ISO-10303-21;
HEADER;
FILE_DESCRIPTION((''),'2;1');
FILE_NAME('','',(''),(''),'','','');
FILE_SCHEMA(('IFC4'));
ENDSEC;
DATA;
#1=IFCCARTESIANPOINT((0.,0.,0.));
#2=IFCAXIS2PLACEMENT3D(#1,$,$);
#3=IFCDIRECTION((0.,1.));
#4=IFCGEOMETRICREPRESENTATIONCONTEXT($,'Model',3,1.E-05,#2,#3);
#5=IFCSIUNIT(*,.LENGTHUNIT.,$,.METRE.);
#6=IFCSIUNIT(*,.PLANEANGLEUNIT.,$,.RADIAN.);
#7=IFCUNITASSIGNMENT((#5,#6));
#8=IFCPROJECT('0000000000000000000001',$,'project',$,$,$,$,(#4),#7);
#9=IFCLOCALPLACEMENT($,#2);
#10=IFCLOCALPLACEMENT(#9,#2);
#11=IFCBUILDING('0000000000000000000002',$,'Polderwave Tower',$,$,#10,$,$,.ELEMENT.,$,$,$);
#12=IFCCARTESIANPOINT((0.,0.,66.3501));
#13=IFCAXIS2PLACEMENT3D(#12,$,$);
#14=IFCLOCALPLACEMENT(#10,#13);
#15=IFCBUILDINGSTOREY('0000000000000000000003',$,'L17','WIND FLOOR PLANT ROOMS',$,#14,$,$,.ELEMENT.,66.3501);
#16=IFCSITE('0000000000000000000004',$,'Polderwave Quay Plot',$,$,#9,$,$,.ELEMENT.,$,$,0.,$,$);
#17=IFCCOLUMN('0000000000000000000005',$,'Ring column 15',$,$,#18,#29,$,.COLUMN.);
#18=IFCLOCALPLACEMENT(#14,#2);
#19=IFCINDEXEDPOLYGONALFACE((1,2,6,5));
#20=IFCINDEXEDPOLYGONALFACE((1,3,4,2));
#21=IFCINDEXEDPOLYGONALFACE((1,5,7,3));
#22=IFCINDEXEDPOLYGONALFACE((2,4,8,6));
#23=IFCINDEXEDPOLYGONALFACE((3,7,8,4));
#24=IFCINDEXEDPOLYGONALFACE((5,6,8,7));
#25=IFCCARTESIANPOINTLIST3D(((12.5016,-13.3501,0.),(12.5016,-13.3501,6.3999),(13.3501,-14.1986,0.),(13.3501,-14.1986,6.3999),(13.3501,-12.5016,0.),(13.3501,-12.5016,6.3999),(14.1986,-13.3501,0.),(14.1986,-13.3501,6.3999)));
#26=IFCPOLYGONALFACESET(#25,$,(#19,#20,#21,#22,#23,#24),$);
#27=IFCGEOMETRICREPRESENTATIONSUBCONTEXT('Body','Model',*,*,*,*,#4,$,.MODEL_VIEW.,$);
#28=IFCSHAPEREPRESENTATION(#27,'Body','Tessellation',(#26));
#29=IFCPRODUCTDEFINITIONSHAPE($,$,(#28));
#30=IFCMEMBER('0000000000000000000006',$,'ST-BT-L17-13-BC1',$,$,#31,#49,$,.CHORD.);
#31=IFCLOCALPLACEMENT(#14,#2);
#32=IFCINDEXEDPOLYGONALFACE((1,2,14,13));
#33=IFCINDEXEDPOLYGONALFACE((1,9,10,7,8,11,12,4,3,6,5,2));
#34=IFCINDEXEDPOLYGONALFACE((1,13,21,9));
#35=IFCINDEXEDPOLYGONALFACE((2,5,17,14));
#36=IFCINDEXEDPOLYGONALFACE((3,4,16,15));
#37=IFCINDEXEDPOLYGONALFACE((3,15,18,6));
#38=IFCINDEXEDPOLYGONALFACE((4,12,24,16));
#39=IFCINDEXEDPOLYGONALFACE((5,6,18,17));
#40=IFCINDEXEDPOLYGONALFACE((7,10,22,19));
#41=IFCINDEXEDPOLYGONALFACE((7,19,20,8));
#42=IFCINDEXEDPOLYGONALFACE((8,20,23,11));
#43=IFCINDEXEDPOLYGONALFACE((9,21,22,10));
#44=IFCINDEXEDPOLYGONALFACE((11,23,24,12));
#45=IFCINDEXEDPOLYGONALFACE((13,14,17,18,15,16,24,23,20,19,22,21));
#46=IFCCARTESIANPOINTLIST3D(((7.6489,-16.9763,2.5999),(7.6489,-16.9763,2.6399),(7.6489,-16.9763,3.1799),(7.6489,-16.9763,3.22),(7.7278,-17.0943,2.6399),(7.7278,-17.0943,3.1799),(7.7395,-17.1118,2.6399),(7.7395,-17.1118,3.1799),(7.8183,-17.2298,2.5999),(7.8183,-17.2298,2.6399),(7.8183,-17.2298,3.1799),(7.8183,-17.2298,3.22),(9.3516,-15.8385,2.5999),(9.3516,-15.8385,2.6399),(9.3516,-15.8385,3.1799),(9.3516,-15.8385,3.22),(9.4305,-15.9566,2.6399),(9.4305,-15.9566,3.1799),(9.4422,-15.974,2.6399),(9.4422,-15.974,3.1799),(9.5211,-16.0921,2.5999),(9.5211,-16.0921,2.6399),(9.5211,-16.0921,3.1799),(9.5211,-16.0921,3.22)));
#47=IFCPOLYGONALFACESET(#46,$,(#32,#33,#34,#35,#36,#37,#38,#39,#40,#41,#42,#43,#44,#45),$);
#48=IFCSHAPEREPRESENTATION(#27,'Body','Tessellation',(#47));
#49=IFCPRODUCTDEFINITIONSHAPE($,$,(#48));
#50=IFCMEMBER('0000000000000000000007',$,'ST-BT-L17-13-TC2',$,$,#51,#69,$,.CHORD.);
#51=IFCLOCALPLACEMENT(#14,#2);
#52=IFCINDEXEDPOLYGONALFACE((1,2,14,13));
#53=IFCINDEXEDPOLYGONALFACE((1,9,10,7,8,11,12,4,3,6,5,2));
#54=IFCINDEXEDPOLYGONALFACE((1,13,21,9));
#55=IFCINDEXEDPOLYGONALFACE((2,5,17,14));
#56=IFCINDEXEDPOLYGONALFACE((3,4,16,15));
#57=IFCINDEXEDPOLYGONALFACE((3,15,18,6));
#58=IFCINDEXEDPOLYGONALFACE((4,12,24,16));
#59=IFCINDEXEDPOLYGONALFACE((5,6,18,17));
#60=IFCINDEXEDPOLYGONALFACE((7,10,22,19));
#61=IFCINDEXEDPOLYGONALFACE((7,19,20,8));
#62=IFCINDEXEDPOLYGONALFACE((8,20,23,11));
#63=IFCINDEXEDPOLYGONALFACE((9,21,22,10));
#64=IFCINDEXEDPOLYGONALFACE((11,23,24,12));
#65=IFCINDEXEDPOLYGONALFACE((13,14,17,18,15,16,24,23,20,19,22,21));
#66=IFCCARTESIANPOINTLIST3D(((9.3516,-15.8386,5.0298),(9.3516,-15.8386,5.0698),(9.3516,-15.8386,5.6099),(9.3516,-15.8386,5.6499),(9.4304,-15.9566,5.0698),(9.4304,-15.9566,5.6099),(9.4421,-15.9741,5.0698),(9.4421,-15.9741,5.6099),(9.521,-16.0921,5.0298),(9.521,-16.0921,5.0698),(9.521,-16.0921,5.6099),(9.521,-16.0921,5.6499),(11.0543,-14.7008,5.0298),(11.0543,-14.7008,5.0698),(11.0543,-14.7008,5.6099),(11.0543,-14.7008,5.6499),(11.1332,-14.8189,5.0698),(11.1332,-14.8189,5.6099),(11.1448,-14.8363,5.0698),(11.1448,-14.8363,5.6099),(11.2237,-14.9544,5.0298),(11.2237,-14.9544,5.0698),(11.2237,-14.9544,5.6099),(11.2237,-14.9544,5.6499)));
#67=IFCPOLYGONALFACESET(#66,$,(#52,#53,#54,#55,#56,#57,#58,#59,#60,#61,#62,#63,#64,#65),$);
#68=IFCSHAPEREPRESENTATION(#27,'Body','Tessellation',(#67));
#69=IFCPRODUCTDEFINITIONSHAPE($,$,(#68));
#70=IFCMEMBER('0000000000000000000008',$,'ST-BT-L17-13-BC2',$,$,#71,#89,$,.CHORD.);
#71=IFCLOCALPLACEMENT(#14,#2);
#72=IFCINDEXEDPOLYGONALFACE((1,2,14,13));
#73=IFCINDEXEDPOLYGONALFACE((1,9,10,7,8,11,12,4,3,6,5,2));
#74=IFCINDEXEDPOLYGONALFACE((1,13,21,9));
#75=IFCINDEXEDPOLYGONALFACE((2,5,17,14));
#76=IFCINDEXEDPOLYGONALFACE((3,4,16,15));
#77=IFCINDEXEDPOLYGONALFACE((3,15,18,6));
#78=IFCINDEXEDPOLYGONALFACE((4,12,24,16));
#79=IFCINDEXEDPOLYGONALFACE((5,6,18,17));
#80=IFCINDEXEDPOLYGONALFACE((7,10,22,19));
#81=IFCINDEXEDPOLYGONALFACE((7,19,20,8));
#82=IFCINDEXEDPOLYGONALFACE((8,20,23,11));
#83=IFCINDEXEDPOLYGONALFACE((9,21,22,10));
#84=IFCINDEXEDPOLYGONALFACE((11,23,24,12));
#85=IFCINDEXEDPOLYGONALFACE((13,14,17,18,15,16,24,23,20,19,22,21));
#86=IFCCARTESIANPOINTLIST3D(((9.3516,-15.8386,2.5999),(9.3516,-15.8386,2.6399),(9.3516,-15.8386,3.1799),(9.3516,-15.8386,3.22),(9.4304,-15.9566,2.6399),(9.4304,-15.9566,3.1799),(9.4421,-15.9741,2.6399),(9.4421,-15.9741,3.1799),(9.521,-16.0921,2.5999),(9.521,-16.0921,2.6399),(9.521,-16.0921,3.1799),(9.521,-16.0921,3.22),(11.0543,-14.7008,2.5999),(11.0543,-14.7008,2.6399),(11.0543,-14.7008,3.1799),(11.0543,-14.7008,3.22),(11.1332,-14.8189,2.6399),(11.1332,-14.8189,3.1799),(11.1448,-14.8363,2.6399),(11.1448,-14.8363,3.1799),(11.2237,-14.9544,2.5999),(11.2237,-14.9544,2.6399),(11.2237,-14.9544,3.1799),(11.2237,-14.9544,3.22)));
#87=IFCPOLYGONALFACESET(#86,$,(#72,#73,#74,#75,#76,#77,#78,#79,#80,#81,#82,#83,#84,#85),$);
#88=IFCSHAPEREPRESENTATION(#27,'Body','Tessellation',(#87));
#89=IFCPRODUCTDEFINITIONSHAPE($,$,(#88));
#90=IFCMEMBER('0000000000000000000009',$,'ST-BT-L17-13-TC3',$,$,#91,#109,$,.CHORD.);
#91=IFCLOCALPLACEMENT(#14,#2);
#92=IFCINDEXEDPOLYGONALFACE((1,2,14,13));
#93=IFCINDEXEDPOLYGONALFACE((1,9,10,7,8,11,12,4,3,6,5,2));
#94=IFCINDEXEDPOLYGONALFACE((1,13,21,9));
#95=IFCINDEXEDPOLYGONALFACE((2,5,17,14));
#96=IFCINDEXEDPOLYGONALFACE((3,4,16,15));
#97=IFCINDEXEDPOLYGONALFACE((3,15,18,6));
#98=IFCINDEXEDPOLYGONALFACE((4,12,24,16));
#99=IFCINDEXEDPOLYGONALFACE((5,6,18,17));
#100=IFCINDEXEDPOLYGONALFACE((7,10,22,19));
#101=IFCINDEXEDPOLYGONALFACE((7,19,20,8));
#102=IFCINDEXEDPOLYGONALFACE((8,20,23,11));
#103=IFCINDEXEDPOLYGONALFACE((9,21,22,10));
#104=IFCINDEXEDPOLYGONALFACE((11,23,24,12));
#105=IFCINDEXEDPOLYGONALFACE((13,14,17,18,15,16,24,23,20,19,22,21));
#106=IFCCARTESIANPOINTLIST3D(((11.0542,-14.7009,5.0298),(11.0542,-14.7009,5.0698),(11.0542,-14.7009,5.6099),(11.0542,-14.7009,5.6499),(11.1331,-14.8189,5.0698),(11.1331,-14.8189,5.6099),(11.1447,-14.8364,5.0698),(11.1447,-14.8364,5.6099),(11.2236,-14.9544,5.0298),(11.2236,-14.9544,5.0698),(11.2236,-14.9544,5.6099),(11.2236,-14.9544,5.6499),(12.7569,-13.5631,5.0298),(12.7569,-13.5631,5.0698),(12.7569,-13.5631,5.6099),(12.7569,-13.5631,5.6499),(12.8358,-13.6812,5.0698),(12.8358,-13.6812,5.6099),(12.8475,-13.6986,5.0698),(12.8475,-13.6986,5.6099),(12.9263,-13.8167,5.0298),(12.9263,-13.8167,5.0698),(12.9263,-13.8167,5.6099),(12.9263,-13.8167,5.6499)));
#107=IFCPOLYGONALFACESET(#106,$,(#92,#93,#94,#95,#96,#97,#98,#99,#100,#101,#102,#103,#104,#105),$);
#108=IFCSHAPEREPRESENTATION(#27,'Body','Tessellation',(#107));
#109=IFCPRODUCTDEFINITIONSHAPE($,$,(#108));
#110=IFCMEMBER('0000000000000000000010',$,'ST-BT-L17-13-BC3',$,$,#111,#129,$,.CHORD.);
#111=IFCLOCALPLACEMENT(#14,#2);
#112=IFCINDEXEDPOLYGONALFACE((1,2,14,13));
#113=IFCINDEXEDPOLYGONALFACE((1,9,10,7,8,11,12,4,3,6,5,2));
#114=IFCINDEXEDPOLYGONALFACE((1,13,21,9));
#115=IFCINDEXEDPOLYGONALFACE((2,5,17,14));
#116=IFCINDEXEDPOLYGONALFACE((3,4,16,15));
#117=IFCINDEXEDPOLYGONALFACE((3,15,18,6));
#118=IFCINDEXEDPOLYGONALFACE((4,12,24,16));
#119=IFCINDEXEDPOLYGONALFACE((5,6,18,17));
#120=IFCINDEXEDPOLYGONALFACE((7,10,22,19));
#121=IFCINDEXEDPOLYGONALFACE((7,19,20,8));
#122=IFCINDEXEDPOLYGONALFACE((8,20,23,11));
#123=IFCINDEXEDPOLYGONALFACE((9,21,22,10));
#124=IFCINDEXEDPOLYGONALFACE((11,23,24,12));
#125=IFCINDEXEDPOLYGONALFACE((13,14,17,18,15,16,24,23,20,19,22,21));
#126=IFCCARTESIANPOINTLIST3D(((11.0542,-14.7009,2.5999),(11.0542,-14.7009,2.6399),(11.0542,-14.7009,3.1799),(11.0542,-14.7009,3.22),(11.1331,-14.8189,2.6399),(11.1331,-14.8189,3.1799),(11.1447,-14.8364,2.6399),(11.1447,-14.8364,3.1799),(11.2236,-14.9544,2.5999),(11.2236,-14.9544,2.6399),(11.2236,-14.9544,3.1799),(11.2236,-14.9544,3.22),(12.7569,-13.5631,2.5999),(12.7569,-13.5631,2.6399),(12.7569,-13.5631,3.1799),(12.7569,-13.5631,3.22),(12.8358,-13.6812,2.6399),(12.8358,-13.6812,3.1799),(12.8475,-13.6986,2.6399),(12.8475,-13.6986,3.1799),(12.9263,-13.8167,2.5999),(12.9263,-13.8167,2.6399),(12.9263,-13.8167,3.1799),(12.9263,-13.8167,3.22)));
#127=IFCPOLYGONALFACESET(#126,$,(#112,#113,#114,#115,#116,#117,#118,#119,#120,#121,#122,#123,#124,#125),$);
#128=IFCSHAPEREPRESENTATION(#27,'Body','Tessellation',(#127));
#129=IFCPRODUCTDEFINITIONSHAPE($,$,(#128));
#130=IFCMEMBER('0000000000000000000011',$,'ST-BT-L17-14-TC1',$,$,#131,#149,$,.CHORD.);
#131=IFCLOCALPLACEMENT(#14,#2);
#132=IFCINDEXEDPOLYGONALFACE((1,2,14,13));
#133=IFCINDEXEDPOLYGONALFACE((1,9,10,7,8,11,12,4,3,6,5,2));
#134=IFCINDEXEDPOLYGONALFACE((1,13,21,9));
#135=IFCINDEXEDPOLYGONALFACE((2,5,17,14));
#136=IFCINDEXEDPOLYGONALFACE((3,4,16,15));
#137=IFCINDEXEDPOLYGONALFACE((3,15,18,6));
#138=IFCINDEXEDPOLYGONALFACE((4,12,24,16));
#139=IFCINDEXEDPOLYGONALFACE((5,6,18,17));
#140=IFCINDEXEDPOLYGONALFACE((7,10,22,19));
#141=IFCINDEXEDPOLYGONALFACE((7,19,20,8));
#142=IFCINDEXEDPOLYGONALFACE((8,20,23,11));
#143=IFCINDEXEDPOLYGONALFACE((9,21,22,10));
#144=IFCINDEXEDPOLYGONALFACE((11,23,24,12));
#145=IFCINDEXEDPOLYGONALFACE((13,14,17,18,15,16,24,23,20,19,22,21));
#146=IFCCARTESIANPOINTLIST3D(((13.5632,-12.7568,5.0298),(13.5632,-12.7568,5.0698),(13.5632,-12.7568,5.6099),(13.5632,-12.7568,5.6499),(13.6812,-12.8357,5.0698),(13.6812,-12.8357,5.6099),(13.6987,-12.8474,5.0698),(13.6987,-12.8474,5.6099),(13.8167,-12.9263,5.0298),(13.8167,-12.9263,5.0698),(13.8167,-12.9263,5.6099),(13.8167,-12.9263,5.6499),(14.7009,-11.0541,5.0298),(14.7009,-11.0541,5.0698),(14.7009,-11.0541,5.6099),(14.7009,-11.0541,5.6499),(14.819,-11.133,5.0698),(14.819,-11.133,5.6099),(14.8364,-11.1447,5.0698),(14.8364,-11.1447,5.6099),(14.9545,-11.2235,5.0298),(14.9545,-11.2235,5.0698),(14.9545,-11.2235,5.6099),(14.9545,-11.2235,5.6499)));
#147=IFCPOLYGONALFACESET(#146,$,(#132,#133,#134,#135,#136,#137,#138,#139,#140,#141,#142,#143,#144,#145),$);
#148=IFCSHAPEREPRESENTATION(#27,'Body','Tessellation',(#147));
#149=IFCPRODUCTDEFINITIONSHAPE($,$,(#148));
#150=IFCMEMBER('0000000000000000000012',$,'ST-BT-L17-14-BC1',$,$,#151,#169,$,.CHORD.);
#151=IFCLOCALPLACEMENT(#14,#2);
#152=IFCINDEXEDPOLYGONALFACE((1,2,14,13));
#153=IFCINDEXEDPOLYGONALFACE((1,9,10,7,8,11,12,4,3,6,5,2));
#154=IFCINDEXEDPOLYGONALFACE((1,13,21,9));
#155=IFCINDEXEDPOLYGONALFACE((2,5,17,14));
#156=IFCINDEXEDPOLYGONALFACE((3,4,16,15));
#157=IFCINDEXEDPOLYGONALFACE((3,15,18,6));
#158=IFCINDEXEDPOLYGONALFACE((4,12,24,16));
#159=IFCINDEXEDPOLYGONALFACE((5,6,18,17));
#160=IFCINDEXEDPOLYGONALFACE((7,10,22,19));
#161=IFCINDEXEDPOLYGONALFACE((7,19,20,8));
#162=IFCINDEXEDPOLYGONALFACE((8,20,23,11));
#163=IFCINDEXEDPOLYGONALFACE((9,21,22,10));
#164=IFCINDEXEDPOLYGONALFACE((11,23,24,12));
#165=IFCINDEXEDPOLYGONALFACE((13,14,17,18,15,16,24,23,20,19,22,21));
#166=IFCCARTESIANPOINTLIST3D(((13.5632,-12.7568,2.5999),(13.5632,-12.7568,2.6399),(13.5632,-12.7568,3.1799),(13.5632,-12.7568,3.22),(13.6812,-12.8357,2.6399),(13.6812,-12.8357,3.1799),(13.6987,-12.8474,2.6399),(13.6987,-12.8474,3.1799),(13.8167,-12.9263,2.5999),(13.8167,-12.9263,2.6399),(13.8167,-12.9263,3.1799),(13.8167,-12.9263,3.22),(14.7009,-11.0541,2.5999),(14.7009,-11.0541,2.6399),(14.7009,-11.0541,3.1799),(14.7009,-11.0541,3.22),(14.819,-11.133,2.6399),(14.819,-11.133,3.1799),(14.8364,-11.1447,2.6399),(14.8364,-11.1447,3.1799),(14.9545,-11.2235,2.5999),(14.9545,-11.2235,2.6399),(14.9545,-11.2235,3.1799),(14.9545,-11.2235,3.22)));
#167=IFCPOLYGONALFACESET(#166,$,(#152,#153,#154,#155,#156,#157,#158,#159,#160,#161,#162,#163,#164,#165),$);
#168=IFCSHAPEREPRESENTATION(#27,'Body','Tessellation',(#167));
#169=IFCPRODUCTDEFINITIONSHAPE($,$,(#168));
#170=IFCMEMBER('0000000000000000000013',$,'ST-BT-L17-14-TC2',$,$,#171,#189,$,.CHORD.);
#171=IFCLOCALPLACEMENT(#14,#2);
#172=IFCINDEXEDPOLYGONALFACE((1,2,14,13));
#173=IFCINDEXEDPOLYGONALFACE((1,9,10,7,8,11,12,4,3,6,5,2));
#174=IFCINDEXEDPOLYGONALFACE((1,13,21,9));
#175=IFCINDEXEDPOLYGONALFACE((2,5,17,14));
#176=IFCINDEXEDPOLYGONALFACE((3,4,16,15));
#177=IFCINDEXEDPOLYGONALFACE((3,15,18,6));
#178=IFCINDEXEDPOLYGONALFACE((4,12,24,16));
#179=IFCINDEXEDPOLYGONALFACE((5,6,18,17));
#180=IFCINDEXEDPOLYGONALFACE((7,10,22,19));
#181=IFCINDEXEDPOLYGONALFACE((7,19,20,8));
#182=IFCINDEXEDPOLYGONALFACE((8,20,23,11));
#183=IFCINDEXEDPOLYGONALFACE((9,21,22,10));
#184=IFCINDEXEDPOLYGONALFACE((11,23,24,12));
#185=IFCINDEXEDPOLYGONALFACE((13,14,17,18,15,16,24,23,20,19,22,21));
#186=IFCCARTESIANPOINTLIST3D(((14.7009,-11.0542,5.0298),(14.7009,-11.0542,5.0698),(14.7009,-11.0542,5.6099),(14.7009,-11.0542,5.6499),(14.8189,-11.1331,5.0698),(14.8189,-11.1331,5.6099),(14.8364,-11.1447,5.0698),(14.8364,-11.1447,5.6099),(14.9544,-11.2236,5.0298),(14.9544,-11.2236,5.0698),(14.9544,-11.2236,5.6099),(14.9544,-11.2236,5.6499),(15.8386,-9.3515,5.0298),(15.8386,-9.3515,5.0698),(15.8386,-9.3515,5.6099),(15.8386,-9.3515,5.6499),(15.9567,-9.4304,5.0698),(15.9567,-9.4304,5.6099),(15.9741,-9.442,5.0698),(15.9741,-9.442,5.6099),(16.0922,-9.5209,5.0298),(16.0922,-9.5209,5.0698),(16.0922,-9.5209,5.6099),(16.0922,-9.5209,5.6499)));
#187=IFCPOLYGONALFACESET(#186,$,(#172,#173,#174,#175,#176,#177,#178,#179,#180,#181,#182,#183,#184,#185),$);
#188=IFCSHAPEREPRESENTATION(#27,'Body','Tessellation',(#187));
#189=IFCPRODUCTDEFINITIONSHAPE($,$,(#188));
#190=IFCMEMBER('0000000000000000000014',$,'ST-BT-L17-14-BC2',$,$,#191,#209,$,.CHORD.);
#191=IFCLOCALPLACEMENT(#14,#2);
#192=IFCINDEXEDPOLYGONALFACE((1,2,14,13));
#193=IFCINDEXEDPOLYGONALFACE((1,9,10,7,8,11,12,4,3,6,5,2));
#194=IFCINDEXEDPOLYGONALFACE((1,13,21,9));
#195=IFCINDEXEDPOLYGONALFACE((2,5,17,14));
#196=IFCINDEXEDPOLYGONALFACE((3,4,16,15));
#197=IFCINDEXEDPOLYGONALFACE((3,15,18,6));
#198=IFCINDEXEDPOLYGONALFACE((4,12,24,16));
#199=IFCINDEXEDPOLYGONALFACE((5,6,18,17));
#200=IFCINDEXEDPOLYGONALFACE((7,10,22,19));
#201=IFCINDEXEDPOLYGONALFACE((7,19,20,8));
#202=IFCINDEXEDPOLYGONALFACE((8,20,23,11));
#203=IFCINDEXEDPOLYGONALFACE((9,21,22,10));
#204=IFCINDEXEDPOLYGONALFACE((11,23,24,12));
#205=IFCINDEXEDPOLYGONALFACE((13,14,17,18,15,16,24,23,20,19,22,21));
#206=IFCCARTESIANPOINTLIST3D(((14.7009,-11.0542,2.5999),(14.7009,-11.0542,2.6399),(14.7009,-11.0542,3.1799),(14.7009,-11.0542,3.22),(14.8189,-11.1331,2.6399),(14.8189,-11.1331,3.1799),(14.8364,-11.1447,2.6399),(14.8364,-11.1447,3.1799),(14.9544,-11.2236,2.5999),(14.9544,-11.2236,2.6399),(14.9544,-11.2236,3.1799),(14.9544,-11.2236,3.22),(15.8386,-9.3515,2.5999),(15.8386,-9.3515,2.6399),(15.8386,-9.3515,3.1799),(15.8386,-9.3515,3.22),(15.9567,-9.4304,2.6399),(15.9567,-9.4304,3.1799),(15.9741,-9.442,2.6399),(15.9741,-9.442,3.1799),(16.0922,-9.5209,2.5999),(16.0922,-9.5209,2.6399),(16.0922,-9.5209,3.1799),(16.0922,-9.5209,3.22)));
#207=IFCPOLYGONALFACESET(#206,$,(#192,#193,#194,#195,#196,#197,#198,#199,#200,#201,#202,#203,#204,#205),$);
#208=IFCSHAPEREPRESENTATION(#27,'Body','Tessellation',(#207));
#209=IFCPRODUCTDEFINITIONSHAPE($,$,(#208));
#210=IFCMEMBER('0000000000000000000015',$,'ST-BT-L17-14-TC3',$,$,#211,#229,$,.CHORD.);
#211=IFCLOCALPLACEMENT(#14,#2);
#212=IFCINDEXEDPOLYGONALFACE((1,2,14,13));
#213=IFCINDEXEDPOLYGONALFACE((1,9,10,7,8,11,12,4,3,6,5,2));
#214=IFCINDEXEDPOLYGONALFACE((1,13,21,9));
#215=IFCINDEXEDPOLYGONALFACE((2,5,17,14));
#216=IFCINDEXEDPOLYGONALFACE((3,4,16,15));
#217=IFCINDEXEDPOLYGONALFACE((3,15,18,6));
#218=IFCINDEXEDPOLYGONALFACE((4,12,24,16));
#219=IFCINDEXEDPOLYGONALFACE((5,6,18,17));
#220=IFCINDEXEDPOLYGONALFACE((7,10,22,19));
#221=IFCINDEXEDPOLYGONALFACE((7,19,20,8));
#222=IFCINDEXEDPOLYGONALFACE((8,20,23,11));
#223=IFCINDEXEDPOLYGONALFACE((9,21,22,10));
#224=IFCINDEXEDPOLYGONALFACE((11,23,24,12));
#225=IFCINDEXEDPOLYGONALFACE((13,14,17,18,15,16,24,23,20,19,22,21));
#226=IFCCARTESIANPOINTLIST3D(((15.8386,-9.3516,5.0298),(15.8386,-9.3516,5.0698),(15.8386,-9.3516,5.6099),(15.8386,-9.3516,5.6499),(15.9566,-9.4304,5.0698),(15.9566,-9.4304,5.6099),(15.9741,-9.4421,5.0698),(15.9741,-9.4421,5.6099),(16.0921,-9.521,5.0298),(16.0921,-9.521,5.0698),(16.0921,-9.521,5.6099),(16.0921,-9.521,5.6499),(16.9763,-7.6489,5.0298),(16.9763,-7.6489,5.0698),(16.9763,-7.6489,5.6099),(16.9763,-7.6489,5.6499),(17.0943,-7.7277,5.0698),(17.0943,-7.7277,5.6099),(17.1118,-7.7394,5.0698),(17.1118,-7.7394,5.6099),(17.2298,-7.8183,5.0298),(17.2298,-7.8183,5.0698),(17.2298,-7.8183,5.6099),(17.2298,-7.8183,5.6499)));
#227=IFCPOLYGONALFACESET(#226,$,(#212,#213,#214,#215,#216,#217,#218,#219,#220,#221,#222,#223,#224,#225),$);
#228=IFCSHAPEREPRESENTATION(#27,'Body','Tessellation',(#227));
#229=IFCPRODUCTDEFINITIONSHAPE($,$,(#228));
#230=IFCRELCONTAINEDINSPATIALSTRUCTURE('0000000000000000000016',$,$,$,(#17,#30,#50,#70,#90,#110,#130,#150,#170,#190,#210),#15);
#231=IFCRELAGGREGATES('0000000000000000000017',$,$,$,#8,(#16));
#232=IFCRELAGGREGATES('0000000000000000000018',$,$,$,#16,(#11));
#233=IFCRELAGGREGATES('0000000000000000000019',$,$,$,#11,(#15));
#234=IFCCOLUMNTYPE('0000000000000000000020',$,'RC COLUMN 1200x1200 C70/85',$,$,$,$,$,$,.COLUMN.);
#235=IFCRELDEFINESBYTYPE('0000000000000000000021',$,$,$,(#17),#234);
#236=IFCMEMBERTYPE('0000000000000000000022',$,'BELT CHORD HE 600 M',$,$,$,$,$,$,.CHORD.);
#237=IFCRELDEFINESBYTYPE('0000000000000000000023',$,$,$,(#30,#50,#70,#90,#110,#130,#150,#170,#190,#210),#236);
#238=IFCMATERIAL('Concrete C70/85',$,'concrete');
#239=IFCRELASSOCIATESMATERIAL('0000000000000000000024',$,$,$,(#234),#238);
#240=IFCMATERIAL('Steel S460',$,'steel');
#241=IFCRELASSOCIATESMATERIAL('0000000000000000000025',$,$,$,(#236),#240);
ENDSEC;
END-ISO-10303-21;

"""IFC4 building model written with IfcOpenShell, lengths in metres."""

from ifc_helpers import new_model, si_unit, direction, frame, origin, origin_2d, place, context, subcontext, project, spatial, rectangle, i_section, extrude, material, material_profile, profile_set, type_object, element, save


model = new_model("IFC4")

# Units and contexts
model_context = context("Model", 3, precision=1e-05, world=origin(), true_north=direction((0.0, 1.0)))
body_context = subcontext(model_context, "Body", "Model", "MODEL_VIEW")
ifc_project = project(units=[si_unit("LENGTHUNIT", "METRE"), si_unit("PLANEANGLEUNIT", "RADIAN")], contexts=[model_context])

# Site, building, storey
site_placement = place(None, origin())
site = spatial("IfcSite", under=ifc_project, at=site_placement, Name="Polderwave Quay Plot", CompositionType="ELEMENT", RefElevation=0.0)
building_placement = place(site_placement, origin())
building = spatial("IfcBuilding", under=site, at=building_placement, Name="Polderwave Tower", CompositionType="ELEMENT")
storey_placement = place(building_placement, frame((0.0, 0.0, 66.3501)))
storey = spatial("IfcBuildingStorey", under=building, at=storey_placement, Name="L17", Description="WIND FLOOR PLANT ROOMS", CompositionType="ELEMENT", Elevation=66.3501)

# Column
ifc_material_1 = material(Name="Concrete C70/85", Category="concrete")
ifc_material_profile_1 = material_profile(ifc_material_1, rectangle(XDim=1.2, YDim=1.2, at=origin_2d()), Name="RC 1200x1200")
ifc_profile_set_1 = profile_set([ifc_material_profile_1], Name="Concrete C70/85")
column_type = type_object("IfcColumnType", Name="RC COLUMN 1200x1200 C70/85", PredefinedType="COLUMN", material=ifc_profile_set_1)
column_placement = place(storey_placement, frame((13.3501, -13.3501, 0.0), z_axis=(0.0, 0.0, 1.0), x_axis=(0.707107, -0.707107, 0.0)))
element("IfcColumn", 1, at=column_placement, inside=storey, type_object=column_type, Name="Ring column 15", PredefinedType="COLUMN", context=body_context, shape_type="SweptSolid", body=[
    extrude(rectangle(XDim=1.2, YDim=1.2, at=origin_2d()), origin(), (0.0, 0.0, 1.0), 6.3999),
])

# Members
ifc_material_2 = material(Name="Steel S460", Category="steel")
ifc_material_profile_2 = material_profile(ifc_material_2, i_section(OverallWidth=0.3049, OverallDepth=0.6201, WebThickness=0.021, FlangeThickness=0.04, at=origin_2d()), Name="HE 600 M")
ifc_profile_set_2 = profile_set([ifc_material_profile_2], Name="Steel S460")
member_type_1 = type_object("IfcMemberType", Name="BELT CHORD HE 600 M", PredefinedType="CHORD", material=ifc_profile_set_2)
for number, where, z_axis, x_axis, name in (
    (2, (7.7336, -17.103, 2.9099), (0.831463, 0.55558, 0.0), (-0.55558, 0.831463, 0.0), "ST-BT-L17-13-BC1"),
    (3, (9.4363, -15.9653, 5.3398), (0.831463, 0.55558, 0.0), (-0.55558, 0.831463, 0.0), "ST-BT-L17-13-TC2"),
    (4, (9.4363, -15.9653, 2.9099), (0.831463, 0.55558, 0.0), (-0.55558, 0.831463, 0.0), "ST-BT-L17-13-BC2"),
    (5, (11.1389, -14.8276, 5.3398), (0.831463, 0.55558, 0.0), (-0.55558, 0.831463, 0.0), "ST-BT-L17-13-TC3"),
    (6, (11.1389, -14.8276, 2.9099), (0.831463, 0.55558, 0.0), (-0.55558, 0.831463, 0.0), "ST-BT-L17-13-BC3"),
    (7, (13.6899, -12.8416, 5.3398), (0.55558, 0.831463, 0.0), (-0.831463, 0.55558, 0.0), "ST-BT-L17-14-TC1"),
    (8, (13.6899, -12.8416, 2.9099), (0.55558, 0.831463, 0.0), (-0.831463, 0.55558, 0.0), "ST-BT-L17-14-BC1"),
    (9, (14.8276, -11.1389, 5.3398), (0.55558, 0.831463, 0.0), (-0.831463, 0.55558, 0.0), "ST-BT-L17-14-TC2"),
    (10, (14.8276, -11.1389, 2.9099), (0.55558, 0.831463, 0.0), (-0.831463, 0.55558, 0.0), "ST-BT-L17-14-BC2"),
    (11, (15.9653, -9.4363, 5.3398), (0.55558, 0.831463, 0.0), (-0.831463, 0.55558, 0.0), "ST-BT-L17-14-TC3"),
):
    element("IfcMember", number, at=place(storey_placement, frame(where, z_axis=z_axis, x_axis=x_axis)), inside=storey, type_object=member_type_1, Name=name, PredefinedType="CHORD", context=body_context, shape_type="SweptSolid", body=[
        extrude(i_section(OverallWidth=0.3049, OverallDepth=0.6201, WebThickness=0.021, FlangeThickness=0.04, at=origin_2d()), origin(), (0.0, 0.0, 1.0), 2.0479),
    ])

save(model, "model.ifc")
